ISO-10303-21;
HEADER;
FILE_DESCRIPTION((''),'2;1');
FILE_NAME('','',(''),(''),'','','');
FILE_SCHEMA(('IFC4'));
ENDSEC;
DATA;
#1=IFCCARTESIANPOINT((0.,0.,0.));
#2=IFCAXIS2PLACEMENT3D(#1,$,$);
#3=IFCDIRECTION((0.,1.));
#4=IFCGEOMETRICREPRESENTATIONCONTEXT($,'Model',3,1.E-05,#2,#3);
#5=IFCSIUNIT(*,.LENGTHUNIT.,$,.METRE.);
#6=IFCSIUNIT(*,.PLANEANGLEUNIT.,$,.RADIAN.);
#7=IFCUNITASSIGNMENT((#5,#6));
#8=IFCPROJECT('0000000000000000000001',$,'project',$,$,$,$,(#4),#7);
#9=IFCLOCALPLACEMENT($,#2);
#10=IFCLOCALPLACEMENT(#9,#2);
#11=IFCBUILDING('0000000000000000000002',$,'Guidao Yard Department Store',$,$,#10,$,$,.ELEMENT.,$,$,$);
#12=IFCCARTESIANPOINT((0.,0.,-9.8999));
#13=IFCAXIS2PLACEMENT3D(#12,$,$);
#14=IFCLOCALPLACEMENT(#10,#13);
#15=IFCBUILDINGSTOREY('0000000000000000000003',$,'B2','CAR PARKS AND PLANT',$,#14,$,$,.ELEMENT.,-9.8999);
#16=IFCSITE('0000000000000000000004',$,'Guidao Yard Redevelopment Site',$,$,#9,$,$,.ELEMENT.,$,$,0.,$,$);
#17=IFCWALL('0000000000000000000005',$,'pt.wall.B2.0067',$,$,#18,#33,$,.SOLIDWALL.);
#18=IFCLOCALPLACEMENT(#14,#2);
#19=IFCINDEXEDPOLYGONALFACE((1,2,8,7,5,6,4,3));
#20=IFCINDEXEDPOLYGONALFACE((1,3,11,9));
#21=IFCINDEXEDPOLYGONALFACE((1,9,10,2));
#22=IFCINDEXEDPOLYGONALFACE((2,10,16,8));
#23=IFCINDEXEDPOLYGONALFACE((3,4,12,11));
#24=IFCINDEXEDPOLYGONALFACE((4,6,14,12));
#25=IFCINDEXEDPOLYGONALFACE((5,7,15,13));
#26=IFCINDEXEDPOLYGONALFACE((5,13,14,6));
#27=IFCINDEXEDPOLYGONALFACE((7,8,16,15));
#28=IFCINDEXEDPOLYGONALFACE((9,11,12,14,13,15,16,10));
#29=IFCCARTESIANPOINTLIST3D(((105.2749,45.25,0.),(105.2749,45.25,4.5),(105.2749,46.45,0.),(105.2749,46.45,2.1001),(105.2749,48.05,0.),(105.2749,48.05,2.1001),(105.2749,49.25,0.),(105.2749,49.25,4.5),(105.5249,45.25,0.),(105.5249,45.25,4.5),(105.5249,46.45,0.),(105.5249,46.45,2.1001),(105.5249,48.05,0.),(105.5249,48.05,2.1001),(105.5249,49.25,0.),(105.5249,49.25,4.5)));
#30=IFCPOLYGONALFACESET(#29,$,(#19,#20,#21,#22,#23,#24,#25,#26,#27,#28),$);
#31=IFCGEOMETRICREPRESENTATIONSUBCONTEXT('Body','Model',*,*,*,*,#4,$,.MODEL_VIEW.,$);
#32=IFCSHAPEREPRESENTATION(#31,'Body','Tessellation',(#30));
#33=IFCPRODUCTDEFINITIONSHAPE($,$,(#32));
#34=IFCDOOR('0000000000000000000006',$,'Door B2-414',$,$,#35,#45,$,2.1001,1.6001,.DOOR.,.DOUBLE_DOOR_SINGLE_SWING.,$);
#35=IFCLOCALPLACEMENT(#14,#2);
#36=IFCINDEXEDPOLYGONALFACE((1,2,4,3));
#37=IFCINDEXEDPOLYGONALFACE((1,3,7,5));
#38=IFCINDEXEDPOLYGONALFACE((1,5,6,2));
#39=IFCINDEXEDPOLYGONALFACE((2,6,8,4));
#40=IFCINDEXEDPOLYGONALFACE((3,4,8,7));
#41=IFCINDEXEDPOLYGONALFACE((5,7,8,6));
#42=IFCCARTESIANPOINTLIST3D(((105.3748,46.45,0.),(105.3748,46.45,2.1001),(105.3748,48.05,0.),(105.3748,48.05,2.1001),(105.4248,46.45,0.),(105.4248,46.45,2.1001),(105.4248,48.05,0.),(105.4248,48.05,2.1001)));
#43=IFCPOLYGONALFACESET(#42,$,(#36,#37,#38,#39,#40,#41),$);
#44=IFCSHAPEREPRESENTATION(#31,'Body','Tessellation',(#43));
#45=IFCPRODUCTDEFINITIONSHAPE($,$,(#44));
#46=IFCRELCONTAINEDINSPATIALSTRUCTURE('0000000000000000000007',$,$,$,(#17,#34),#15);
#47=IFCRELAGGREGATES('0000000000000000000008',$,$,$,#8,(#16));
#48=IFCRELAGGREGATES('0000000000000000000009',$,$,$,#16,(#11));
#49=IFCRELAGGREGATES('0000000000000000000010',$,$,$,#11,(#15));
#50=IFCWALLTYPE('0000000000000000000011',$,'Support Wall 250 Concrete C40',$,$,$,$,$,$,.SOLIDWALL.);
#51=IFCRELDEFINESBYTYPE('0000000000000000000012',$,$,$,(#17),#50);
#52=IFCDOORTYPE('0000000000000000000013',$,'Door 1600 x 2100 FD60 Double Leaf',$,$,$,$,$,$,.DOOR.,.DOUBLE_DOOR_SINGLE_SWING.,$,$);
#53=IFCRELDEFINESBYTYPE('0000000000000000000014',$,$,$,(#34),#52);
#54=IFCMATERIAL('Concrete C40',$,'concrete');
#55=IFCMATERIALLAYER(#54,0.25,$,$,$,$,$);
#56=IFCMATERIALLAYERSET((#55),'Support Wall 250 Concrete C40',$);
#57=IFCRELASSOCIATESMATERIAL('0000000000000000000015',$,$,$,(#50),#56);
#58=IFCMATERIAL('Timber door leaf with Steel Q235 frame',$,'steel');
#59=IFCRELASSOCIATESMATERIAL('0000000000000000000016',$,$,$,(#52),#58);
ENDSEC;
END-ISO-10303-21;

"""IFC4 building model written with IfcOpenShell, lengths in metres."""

from ifc_helpers import new_model, si_unit, direction, frame, frame_2d, origin, place, context, subcontext, project, spatial, rectangle, extrude, material, layer, layer_set, type_object, element, fill, save


model = new_model("IFC4")

# Units and contexts
model_context = context("Model", 3, precision=1e-05, world=origin(), true_north=direction((0.0, 1.0)))
body_context = subcontext(model_context, "Body", "Model", "MODEL_VIEW")
ifc_project = project(units=[si_unit("LENGTHUNIT", "METRE"), si_unit("PLANEANGLEUNIT", "RADIAN")], contexts=[model_context])

# Site, building, storey
site_placement = place(None, origin())
site = spatial("IfcSite", under=ifc_project, at=site_placement, Name="Guidao Yard Redevelopment Site", CompositionType="ELEMENT", RefElevation=0.0)
building_placement = place(site_placement, origin())
building = spatial("IfcBuilding", under=site, at=building_placement, Name="Guidao Yard Department Store", CompositionType="ELEMENT")
storey_placement = place(building_placement, frame((0.0, 0.0, -9.8999)))
storey = spatial("IfcBuildingStorey", under=building, at=storey_placement, Name="B2", Description="CAR PARKS AND PLANT", CompositionType="ELEMENT", Elevation=-9.8999)

# Shared definitions
ifc_material_1 = material(Name="Concrete C40", Category="concrete")
ifc_layer_1 = layer(ifc_material_1, 0.25)
ifc_layer_set_1 = layer_set([ifc_layer_1], Name="Support Wall 250 Concrete C40")
wall_type_1 = type_object("IfcWallType", Name="Support Wall 250 Concrete C40", PredefinedType="SOLIDWALL", material=ifc_layer_set_1)

# Wall, opening, door
wall_1_placement = place(storey_placement, frame((105.3999, 45.25, 0.0), z_axis=(0.0, 0.0, 1.0), x_axis=(0.0, 1.0, 0.0)))
wall_1 = element("IfcWall", 1, at=wall_1_placement, inside=storey, type_object=wall_type_1, Name="pt.wall.B2.0067", PredefinedType="SOLIDWALL", context=body_context, shape_type="SweptSolid", body=[
    extrude(rectangle(XDim=4.0, YDim=0.25, at=frame_2d((2.0, 0.0))), origin(), (0.0, 0.0, 1.0), 4.5),
])
opening_1_placement = place(wall_1_placement, frame((2.8, 0.0, 0.0), z_axis=(0.0, 0.0, 1.0), x_axis=(-1.0, 0.0, 0.0)))
opening_1 = element("IfcOpeningElement", 2, at=opening_1_placement, cuts=wall_1, PredefinedType="OPENING", context=body_context, shape_type="SweptSolid", body=[
    extrude(rectangle(XDim=1.6001, YDim=2.1001, at=frame_2d((0.8, 1.05))), frame((0.0, 0.135, 0.0), z_axis=(0.0, -1.0, 0.0), x_axis=(1.0, 0.0, 0.0)), (0.0, 0.0, 1.0), 0.27),
])
ifc_material_2 = material(Name="Timber door leaf with Steel Q235 frame", Category="steel")
door_type_1 = type_object("IfcDoorType", Name="Door 1600 x 2100 FD60 Double Leaf", OperationType="DOUBLE_DOOR_SINGLE_SWING", PredefinedType="DOOR", material=ifc_material_2)
door_1_placement = place(opening_1_placement, origin())
door_1 = element("IfcDoor", 3, at=door_1_placement, inside=storey, type_object=door_type_1, Name="Door B2-414", OperationType="DOUBLE_DOOR_SINGLE_SWING", OverallHeight=2.1001, OverallWidth=1.6001, PredefinedType="DOOR", context=body_context, shape_type="SweptSolid", body=[
    extrude(rectangle(XDim=1.6001, YDim=2.1001, at=frame_2d((0.8, 1.05))), frame((0.0, 0.0249, 0.0), z_axis=(0.0, -1.0, 0.0), x_axis=(1.0, 0.0, 0.0)), (0.0, 0.0, 1.0), 0.05),
])
fill(opening_1, door_1)

save(model, "model.ifc")
